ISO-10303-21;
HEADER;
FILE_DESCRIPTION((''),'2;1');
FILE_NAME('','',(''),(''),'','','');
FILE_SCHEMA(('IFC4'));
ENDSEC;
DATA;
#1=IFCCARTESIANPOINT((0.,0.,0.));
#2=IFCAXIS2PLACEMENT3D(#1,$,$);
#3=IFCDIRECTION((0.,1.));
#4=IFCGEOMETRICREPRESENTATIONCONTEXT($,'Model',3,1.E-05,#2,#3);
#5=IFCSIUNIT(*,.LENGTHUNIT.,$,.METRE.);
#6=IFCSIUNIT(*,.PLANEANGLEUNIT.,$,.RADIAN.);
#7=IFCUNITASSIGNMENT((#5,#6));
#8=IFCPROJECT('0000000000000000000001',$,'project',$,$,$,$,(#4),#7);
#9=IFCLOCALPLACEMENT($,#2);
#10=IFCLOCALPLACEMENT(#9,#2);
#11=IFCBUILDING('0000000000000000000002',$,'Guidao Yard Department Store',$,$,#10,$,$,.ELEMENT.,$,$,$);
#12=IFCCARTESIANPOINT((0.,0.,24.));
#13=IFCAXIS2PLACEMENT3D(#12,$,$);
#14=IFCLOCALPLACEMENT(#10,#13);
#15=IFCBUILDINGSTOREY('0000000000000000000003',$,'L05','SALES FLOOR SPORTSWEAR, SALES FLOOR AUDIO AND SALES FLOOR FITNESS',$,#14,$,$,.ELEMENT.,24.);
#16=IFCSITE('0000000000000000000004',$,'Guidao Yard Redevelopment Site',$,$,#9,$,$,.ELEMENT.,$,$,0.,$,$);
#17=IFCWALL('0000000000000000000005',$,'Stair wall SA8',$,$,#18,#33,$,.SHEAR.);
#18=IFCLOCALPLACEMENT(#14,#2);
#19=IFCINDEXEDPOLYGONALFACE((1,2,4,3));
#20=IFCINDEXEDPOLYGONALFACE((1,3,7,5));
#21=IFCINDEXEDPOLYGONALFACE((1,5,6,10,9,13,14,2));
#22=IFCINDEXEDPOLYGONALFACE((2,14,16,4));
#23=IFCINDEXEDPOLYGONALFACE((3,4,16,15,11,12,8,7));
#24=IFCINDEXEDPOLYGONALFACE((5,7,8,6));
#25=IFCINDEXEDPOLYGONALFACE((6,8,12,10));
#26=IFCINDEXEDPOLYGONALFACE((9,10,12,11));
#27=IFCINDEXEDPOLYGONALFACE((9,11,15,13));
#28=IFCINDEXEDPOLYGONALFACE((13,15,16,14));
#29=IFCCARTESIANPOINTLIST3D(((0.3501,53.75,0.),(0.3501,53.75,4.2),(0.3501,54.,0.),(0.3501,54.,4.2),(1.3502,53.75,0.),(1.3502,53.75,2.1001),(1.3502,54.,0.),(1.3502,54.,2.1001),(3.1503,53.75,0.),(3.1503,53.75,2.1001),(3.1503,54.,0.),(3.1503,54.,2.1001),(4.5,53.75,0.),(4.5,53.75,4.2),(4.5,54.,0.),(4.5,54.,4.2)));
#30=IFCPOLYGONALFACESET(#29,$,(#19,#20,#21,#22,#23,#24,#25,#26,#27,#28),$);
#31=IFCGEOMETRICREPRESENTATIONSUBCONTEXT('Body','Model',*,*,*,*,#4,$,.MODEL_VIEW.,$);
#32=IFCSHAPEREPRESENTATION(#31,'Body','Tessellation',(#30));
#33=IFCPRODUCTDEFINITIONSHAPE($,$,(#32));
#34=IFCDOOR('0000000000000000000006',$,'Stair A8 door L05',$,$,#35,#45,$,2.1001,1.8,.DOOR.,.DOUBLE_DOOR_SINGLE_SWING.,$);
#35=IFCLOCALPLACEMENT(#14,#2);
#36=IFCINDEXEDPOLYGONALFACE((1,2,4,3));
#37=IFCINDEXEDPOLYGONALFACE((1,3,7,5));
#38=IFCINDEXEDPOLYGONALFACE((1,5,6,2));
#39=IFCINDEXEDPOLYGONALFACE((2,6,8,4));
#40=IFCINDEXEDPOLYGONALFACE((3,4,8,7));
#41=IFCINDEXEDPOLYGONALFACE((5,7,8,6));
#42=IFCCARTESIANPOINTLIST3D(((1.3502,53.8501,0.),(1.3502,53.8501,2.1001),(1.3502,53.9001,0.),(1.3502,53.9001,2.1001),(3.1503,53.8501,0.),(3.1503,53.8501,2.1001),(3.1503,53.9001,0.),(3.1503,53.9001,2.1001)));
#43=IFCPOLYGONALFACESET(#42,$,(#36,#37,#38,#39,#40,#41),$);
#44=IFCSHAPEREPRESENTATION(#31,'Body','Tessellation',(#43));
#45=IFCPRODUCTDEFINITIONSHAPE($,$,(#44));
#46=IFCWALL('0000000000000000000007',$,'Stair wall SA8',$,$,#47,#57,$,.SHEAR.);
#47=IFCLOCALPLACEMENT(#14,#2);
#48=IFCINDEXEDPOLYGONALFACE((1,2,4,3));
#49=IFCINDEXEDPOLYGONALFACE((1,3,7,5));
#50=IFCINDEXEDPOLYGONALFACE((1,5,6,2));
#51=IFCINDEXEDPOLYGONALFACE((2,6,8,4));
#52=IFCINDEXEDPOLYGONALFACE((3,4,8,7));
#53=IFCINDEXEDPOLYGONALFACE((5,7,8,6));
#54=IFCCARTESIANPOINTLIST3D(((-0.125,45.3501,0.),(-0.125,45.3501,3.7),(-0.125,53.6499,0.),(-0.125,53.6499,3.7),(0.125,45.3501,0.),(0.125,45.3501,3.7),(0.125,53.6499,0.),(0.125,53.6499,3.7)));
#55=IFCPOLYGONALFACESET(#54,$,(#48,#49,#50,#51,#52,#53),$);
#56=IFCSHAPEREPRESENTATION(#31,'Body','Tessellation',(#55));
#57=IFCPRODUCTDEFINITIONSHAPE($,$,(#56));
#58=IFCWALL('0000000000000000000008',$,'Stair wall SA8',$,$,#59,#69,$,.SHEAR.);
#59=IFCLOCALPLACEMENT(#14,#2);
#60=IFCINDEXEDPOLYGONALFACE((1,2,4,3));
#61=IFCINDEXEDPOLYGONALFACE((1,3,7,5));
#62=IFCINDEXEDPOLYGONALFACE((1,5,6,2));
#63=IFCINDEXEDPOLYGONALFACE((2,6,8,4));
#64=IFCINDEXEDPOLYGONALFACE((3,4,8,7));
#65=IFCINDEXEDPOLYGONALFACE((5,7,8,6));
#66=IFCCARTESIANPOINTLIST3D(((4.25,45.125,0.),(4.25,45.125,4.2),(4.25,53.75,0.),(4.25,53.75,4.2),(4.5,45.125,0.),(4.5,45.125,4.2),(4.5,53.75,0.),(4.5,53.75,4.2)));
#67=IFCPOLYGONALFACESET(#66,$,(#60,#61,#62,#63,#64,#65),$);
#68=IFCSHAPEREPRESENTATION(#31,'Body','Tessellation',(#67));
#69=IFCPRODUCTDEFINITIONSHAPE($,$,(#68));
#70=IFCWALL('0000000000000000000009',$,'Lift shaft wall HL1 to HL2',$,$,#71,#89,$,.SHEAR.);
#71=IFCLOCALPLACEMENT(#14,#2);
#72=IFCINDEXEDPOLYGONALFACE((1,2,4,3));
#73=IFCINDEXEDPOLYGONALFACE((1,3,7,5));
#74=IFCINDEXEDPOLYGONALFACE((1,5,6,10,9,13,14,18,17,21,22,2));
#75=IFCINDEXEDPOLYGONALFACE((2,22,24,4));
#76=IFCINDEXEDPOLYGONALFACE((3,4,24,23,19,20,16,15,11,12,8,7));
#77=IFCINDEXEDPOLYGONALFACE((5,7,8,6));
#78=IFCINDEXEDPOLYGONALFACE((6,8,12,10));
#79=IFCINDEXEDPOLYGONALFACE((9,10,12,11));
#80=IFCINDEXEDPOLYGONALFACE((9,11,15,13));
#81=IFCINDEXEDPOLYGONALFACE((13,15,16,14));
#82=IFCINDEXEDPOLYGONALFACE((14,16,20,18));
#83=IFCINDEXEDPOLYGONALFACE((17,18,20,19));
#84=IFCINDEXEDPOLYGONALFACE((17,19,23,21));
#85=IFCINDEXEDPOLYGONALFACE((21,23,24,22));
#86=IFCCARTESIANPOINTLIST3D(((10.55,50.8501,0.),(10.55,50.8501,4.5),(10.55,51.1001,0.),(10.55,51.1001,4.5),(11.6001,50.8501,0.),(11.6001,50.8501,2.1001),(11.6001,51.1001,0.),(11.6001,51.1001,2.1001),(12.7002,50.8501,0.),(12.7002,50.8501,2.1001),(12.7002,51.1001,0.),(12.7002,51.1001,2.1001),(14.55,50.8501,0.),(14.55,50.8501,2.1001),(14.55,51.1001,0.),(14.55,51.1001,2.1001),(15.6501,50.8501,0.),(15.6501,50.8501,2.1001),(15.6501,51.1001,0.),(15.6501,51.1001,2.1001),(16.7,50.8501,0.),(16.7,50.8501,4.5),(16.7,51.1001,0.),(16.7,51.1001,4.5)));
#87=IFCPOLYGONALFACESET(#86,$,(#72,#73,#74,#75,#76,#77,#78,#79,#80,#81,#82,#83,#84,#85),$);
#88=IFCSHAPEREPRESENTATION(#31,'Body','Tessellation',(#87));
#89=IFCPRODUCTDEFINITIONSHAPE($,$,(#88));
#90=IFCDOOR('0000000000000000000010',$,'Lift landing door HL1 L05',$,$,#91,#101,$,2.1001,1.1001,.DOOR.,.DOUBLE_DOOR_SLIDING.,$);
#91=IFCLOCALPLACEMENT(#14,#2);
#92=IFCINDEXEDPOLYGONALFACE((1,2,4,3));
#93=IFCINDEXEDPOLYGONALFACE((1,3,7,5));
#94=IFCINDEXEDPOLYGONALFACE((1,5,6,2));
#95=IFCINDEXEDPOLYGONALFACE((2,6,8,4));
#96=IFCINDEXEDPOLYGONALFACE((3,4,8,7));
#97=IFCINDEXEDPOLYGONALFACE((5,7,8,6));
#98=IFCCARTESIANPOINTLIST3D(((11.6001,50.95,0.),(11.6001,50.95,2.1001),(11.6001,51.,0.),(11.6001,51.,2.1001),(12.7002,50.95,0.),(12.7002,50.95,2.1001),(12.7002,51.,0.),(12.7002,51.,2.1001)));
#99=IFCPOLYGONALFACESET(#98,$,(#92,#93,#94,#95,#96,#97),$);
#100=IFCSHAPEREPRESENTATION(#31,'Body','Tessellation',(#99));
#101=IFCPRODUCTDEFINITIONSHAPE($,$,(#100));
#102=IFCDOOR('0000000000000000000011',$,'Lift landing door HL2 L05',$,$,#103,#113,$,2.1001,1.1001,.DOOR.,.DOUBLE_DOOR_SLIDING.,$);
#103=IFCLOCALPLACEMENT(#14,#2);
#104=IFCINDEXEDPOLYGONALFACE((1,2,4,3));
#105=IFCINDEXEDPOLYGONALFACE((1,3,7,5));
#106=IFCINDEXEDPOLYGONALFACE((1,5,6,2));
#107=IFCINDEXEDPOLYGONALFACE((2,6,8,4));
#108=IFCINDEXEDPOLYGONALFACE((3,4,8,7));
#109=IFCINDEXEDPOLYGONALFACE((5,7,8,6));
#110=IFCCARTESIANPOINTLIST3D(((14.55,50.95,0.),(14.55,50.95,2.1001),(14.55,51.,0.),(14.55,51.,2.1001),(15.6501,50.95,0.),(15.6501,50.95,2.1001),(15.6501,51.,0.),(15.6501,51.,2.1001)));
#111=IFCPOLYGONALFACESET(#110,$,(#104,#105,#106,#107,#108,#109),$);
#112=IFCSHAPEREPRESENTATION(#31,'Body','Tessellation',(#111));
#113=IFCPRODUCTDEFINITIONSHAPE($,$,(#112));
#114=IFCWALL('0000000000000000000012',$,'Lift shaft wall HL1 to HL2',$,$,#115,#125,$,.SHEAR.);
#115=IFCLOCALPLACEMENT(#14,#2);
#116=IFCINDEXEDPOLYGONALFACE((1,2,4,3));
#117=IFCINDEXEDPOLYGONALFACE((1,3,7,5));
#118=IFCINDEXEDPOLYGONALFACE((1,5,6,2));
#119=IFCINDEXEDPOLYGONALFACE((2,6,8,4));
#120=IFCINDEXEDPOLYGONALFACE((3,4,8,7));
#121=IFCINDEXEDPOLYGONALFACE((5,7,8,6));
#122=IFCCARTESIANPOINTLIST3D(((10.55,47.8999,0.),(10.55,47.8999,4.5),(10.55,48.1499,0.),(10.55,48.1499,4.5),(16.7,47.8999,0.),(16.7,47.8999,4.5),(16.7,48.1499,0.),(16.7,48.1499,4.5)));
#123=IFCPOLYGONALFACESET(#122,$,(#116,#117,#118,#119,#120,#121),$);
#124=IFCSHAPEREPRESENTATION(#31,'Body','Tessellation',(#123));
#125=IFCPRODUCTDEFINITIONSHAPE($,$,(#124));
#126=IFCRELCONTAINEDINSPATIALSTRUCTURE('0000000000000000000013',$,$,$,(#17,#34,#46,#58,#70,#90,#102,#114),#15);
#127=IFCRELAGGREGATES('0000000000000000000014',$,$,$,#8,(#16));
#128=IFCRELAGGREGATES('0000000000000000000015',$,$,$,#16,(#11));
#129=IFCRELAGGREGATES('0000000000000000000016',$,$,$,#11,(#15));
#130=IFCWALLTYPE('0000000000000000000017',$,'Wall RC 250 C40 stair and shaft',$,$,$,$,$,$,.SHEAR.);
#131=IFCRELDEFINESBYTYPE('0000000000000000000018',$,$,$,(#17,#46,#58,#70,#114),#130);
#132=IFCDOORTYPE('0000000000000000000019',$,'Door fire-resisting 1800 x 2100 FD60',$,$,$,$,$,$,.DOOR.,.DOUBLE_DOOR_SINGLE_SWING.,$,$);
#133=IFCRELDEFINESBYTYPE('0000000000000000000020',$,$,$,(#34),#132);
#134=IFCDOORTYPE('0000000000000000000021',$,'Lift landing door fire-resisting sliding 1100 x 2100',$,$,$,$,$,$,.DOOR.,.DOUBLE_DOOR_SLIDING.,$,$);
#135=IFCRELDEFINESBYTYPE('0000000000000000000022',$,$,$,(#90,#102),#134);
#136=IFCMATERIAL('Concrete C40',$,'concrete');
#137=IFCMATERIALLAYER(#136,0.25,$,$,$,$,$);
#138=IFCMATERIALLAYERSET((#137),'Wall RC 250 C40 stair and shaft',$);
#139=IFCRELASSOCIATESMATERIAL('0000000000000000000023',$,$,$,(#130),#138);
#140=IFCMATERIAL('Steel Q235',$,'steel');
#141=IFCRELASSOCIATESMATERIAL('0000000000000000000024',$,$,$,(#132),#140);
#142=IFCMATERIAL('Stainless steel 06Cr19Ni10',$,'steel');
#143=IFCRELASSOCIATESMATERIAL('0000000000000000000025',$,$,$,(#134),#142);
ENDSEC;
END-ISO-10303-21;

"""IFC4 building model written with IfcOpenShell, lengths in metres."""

from ifc_helpers import new_model, si_unit, direction, frame, frame_2d, origin, place, context, subcontext, project, spatial, rectangle, extrude, material, layer, layer_set, type_object, element, fill, save


model = new_model("IFC4")

# Units and contexts
model_context = context("Model", 3, precision=1e-05, world=origin(), true_north=direction((0.0, 1.0)))
body_context = subcontext(model_context, "Body", "Model", "MODEL_VIEW")
ifc_project = project(units=[si_unit("LENGTHUNIT", "METRE"), si_unit("PLANEANGLEUNIT", "RADIAN")], contexts=[model_context])

# Site, building, storey
site_placement = place(None, origin())
site = spatial("IfcSite", under=ifc_project, at=site_placement, Name="Guidao Yard Redevelopment Site", CompositionType="ELEMENT", RefElevation=0.0)
building_placement = place(site_placement, origin())
building = spatial("IfcBuilding", under=site, at=building_placement, Name="Guidao Yard Department Store", CompositionType="ELEMENT")
storey_placement = place(building_placement, frame((0.0, 0.0, 24.0)))
storey = spatial("IfcBuildingStorey", under=building, at=storey_placement, Name="L05", Description="SALES FLOOR SPORTSWEAR, SALES FLOOR AUDIO AND SALES FLOOR FITNESS", CompositionType="ELEMENT", Elevation=24.0)

# Shared definitions
ifc_material_1 = material(Name="Concrete C40", Category="concrete")
ifc_layer_1 = layer(ifc_material_1, 0.25)
ifc_layer_set_1 = layer_set([ifc_layer_1], Name="Wall RC 250 C40 stair and shaft")
wall_type_1 = type_object("IfcWallType", Name="Wall RC 250 C40 stair and shaft", PredefinedType="SHEAR", material=ifc_layer_set_1)

# Wall, opening, door
wall_1_placement = place(storey_placement, frame((0.3501, 53.875, 0.0), z_axis=(0.0, 0.0, 1.0), x_axis=(1.0, 0.0, 0.0)))
wall_1 = element("IfcWall", 1, at=wall_1_placement, inside=storey, type_object=wall_type_1, Name="Stair wall SA8", PredefinedType="SHEAR", context=body_context, shape_type="SweptSolid", body=[
    extrude(rectangle(XDim=4.1499, YDim=0.25, at=frame_2d((2.075, 0.0))), origin(), (0.0, 0.0, 1.0), 4.2),
])
opening_1_placement = place(wall_1_placement, frame((2.8, 0.0, 0.0), z_axis=(0.0, 0.0, 1.0), x_axis=(-1.0, 0.0, 0.0)))
opening_1 = element("IfcOpeningElement", 2, at=opening_1_placement, cuts=wall_1, PredefinedType="OPENING", context=body_context, shape_type="SweptSolid", body=[
    extrude(rectangle(XDim=1.8, YDim=2.1001, at=frame_2d((0.8999, 1.05))), frame((0.0, 0.135, 0.0), z_axis=(0.0, -1.0, 0.0), x_axis=(1.0, 0.0, 0.0)), (0.0, 0.0, 1.0), 0.27),
])
ifc_material_2 = material(Name="Steel Q235", Category="steel")
door_type_1 = type_object("IfcDoorType", Name="Door fire-resisting 1800 x 2100 FD60", OperationType="DOUBLE_DOOR_SINGLE_SWING", PredefinedType="DOOR", material=ifc_material_2)
door_1_placement = place(opening_1_placement, origin())
door_1 = element("IfcDoor", 3, at=door_1_placement, inside=storey, type_object=door_type_1, Name="Stair A8 door L05", OperationType="DOUBLE_DOOR_SINGLE_SWING", OverallHeight=2.1001, OverallWidth=1.8, PredefinedType="DOOR", context=body_context, shape_type="SweptSolid", body=[
    extrude(rectangle(XDim=1.8, YDim=2.1001, at=frame_2d((0.8999, 1.05))), frame((0.0, 0.0249, 0.0), z_axis=(0.0, -1.0, 0.0), x_axis=(1.0, 0.0, 0.0)), (0.0, 0.0, 1.0), 0.05),
])
fill(opening_1, door_1)

# Walls
wall_2_placement = place(storey_placement, frame((0.0, 45.3501, 0.0), z_axis=(0.0, 0.0, 1.0), x_axis=(0.0, 1.0, 0.0)))
element("IfcWall", 4, at=wall_2_placement, inside=storey, type_object=wall_type_1, Name="Stair wall SA8", PredefinedType="SHEAR", context=body_context, shape_type="SweptSolid", body=[
    extrude(rectangle(XDim=8.2998, YDim=0.25, at=frame_2d((4.1499, 0.0))), origin(), (0.0, 0.0, 1.0), 3.7),
])
wall_3_placement = place(storey_placement, frame((4.375, 45.125, 0.0), z_axis=(0.0, 0.0, 1.0), x_axis=(0.0, 1.0, 0.0)))
element("IfcWall", 5, at=wall_3_placement, inside=storey, type_object=wall_type_1, Name="Stair wall SA8", PredefinedType="SHEAR", context=body_context, shape_type="SweptSolid", body=[
    extrude(rectangle(XDim=8.625, YDim=0.25, at=frame_2d((4.3125, 0.0))), origin(), (0.0, 0.0, 1.0), 4.2),
])

# Wall, openings, doors
wall_4_placement = place(storey_placement, frame((10.55, 50.9751, 0.0), z_axis=(0.0, 0.0, 1.0), x_axis=(1.0, 0.0, 0.0)))
wall_4 = element("IfcWall", 6, at=wall_4_placement, inside=storey, type_object=wall_type_1, Name="Lift shaft wall HL1 to HL2", PredefinedType="SHEAR", context=body_context, shape_type="SweptSolid", body=[
    extrude(rectangle(XDim=6.1499, YDim=0.25, at=frame_2d((3.075, 0.0))), origin(), (0.0, 0.0, 1.0), 4.5),
])
opening_2_placement = place(wall_4_placement, frame((1.05, 0.0, 0.0)))
opening_2 = element("IfcOpeningElement", 7, at=opening_2_placement, cuts=wall_4, PredefinedType="OPENING", context=body_context, shape_type="SweptSolid", body=[
    extrude(rectangle(XDim=1.1001, YDim=2.1001, at=frame_2d((0.55, 1.05))), frame((0.0, 0.135, 0.0), z_axis=(0.0, -1.0, 0.0), x_axis=(1.0, 0.0, 0.0)), (0.0, 0.0, 1.0), 0.27),
])
opening_3_placement = place(wall_4_placement, frame((4.0, 0.0, 0.0)))
opening_3 = element("IfcOpeningElement", 8, at=opening_3_placement, cuts=wall_4, PredefinedType="OPENING", context=body_context, shape_type="SweptSolid", body=[
    extrude(rectangle(XDim=1.1001, YDim=2.1001, at=frame_2d((0.55, 1.05))), frame((0.0, 0.135, 0.0), z_axis=(0.0, -1.0, 0.0), x_axis=(1.0, 0.0, 0.0)), (0.0, 0.0, 1.0), 0.27),
])
ifc_material_3 = material(Name="Stainless steel 06Cr19Ni10", Category="steel")
door_type_2 = type_object("IfcDoorType", Name="Lift landing door fire-resisting sliding 1100 x 2100", OperationType="DOUBLE_DOOR_SLIDING", PredefinedType="DOOR", material=ifc_material_3)
door_2_placement = place(opening_2_placement, origin())
door_2 = element("IfcDoor", 9, at=door_2_placement, inside=storey, type_object=door_type_2, Name="Lift landing door HL1 L05", OperationType="DOUBLE_DOOR_SLIDING", OverallHeight=2.1001, OverallWidth=1.1001, PredefinedType="DOOR", context=body_context, shape_type="SweptSolid", body=[
    extrude(rectangle(XDim=1.1001, YDim=2.1001, at=frame_2d((0.55, 1.05))), frame((0.0, 0.0249, 0.0), z_axis=(0.0, -1.0, 0.0), x_axis=(1.0, 0.0, 0.0)), (0.0, 0.0, 1.0), 0.05),
])
fill(opening_2, door_2)
door_3_placement = place(opening_3_placement, origin())
door_3 = element("IfcDoor", 10, at=door_3_placement, inside=storey, type_object=door_type_2, Name="Lift landing door HL2 L05", OperationType="DOUBLE_DOOR_SLIDING", OverallHeight=2.1001, OverallWidth=1.1001, PredefinedType="DOOR", context=body_context, shape_type="SweptSolid", body=[
    extrude(rectangle(XDim=1.1001, YDim=2.1001, at=frame_2d((0.55, 1.05))), frame((0.0, 0.0249, 0.0), z_axis=(0.0, -1.0, 0.0), x_axis=(1.0, 0.0, 0.0)), (0.0, 0.0, 1.0), 0.05),
])
fill(opening_3, door_3)

# Wall
wall_5_placement = place(storey_placement, frame((10.55, 48.0249, 0.0), z_axis=(0.0, 0.0, 1.0), x_axis=(1.0, 0.0, 0.0)))
element("IfcWall", 11, at=wall_5_placement, inside=storey, type_object=wall_type_1, Name="Lift shaft wall HL1 to HL2", PredefinedType="SHEAR", context=body_context, shape_type="SweptSolid", body=[
    extrude(rectangle(XDim=6.1499, YDim=0.25, at=frame_2d((3.075, 0.0))), origin(), (0.0, 0.0, 1.0), 4.5),
])

save(model, "model.ifc")
